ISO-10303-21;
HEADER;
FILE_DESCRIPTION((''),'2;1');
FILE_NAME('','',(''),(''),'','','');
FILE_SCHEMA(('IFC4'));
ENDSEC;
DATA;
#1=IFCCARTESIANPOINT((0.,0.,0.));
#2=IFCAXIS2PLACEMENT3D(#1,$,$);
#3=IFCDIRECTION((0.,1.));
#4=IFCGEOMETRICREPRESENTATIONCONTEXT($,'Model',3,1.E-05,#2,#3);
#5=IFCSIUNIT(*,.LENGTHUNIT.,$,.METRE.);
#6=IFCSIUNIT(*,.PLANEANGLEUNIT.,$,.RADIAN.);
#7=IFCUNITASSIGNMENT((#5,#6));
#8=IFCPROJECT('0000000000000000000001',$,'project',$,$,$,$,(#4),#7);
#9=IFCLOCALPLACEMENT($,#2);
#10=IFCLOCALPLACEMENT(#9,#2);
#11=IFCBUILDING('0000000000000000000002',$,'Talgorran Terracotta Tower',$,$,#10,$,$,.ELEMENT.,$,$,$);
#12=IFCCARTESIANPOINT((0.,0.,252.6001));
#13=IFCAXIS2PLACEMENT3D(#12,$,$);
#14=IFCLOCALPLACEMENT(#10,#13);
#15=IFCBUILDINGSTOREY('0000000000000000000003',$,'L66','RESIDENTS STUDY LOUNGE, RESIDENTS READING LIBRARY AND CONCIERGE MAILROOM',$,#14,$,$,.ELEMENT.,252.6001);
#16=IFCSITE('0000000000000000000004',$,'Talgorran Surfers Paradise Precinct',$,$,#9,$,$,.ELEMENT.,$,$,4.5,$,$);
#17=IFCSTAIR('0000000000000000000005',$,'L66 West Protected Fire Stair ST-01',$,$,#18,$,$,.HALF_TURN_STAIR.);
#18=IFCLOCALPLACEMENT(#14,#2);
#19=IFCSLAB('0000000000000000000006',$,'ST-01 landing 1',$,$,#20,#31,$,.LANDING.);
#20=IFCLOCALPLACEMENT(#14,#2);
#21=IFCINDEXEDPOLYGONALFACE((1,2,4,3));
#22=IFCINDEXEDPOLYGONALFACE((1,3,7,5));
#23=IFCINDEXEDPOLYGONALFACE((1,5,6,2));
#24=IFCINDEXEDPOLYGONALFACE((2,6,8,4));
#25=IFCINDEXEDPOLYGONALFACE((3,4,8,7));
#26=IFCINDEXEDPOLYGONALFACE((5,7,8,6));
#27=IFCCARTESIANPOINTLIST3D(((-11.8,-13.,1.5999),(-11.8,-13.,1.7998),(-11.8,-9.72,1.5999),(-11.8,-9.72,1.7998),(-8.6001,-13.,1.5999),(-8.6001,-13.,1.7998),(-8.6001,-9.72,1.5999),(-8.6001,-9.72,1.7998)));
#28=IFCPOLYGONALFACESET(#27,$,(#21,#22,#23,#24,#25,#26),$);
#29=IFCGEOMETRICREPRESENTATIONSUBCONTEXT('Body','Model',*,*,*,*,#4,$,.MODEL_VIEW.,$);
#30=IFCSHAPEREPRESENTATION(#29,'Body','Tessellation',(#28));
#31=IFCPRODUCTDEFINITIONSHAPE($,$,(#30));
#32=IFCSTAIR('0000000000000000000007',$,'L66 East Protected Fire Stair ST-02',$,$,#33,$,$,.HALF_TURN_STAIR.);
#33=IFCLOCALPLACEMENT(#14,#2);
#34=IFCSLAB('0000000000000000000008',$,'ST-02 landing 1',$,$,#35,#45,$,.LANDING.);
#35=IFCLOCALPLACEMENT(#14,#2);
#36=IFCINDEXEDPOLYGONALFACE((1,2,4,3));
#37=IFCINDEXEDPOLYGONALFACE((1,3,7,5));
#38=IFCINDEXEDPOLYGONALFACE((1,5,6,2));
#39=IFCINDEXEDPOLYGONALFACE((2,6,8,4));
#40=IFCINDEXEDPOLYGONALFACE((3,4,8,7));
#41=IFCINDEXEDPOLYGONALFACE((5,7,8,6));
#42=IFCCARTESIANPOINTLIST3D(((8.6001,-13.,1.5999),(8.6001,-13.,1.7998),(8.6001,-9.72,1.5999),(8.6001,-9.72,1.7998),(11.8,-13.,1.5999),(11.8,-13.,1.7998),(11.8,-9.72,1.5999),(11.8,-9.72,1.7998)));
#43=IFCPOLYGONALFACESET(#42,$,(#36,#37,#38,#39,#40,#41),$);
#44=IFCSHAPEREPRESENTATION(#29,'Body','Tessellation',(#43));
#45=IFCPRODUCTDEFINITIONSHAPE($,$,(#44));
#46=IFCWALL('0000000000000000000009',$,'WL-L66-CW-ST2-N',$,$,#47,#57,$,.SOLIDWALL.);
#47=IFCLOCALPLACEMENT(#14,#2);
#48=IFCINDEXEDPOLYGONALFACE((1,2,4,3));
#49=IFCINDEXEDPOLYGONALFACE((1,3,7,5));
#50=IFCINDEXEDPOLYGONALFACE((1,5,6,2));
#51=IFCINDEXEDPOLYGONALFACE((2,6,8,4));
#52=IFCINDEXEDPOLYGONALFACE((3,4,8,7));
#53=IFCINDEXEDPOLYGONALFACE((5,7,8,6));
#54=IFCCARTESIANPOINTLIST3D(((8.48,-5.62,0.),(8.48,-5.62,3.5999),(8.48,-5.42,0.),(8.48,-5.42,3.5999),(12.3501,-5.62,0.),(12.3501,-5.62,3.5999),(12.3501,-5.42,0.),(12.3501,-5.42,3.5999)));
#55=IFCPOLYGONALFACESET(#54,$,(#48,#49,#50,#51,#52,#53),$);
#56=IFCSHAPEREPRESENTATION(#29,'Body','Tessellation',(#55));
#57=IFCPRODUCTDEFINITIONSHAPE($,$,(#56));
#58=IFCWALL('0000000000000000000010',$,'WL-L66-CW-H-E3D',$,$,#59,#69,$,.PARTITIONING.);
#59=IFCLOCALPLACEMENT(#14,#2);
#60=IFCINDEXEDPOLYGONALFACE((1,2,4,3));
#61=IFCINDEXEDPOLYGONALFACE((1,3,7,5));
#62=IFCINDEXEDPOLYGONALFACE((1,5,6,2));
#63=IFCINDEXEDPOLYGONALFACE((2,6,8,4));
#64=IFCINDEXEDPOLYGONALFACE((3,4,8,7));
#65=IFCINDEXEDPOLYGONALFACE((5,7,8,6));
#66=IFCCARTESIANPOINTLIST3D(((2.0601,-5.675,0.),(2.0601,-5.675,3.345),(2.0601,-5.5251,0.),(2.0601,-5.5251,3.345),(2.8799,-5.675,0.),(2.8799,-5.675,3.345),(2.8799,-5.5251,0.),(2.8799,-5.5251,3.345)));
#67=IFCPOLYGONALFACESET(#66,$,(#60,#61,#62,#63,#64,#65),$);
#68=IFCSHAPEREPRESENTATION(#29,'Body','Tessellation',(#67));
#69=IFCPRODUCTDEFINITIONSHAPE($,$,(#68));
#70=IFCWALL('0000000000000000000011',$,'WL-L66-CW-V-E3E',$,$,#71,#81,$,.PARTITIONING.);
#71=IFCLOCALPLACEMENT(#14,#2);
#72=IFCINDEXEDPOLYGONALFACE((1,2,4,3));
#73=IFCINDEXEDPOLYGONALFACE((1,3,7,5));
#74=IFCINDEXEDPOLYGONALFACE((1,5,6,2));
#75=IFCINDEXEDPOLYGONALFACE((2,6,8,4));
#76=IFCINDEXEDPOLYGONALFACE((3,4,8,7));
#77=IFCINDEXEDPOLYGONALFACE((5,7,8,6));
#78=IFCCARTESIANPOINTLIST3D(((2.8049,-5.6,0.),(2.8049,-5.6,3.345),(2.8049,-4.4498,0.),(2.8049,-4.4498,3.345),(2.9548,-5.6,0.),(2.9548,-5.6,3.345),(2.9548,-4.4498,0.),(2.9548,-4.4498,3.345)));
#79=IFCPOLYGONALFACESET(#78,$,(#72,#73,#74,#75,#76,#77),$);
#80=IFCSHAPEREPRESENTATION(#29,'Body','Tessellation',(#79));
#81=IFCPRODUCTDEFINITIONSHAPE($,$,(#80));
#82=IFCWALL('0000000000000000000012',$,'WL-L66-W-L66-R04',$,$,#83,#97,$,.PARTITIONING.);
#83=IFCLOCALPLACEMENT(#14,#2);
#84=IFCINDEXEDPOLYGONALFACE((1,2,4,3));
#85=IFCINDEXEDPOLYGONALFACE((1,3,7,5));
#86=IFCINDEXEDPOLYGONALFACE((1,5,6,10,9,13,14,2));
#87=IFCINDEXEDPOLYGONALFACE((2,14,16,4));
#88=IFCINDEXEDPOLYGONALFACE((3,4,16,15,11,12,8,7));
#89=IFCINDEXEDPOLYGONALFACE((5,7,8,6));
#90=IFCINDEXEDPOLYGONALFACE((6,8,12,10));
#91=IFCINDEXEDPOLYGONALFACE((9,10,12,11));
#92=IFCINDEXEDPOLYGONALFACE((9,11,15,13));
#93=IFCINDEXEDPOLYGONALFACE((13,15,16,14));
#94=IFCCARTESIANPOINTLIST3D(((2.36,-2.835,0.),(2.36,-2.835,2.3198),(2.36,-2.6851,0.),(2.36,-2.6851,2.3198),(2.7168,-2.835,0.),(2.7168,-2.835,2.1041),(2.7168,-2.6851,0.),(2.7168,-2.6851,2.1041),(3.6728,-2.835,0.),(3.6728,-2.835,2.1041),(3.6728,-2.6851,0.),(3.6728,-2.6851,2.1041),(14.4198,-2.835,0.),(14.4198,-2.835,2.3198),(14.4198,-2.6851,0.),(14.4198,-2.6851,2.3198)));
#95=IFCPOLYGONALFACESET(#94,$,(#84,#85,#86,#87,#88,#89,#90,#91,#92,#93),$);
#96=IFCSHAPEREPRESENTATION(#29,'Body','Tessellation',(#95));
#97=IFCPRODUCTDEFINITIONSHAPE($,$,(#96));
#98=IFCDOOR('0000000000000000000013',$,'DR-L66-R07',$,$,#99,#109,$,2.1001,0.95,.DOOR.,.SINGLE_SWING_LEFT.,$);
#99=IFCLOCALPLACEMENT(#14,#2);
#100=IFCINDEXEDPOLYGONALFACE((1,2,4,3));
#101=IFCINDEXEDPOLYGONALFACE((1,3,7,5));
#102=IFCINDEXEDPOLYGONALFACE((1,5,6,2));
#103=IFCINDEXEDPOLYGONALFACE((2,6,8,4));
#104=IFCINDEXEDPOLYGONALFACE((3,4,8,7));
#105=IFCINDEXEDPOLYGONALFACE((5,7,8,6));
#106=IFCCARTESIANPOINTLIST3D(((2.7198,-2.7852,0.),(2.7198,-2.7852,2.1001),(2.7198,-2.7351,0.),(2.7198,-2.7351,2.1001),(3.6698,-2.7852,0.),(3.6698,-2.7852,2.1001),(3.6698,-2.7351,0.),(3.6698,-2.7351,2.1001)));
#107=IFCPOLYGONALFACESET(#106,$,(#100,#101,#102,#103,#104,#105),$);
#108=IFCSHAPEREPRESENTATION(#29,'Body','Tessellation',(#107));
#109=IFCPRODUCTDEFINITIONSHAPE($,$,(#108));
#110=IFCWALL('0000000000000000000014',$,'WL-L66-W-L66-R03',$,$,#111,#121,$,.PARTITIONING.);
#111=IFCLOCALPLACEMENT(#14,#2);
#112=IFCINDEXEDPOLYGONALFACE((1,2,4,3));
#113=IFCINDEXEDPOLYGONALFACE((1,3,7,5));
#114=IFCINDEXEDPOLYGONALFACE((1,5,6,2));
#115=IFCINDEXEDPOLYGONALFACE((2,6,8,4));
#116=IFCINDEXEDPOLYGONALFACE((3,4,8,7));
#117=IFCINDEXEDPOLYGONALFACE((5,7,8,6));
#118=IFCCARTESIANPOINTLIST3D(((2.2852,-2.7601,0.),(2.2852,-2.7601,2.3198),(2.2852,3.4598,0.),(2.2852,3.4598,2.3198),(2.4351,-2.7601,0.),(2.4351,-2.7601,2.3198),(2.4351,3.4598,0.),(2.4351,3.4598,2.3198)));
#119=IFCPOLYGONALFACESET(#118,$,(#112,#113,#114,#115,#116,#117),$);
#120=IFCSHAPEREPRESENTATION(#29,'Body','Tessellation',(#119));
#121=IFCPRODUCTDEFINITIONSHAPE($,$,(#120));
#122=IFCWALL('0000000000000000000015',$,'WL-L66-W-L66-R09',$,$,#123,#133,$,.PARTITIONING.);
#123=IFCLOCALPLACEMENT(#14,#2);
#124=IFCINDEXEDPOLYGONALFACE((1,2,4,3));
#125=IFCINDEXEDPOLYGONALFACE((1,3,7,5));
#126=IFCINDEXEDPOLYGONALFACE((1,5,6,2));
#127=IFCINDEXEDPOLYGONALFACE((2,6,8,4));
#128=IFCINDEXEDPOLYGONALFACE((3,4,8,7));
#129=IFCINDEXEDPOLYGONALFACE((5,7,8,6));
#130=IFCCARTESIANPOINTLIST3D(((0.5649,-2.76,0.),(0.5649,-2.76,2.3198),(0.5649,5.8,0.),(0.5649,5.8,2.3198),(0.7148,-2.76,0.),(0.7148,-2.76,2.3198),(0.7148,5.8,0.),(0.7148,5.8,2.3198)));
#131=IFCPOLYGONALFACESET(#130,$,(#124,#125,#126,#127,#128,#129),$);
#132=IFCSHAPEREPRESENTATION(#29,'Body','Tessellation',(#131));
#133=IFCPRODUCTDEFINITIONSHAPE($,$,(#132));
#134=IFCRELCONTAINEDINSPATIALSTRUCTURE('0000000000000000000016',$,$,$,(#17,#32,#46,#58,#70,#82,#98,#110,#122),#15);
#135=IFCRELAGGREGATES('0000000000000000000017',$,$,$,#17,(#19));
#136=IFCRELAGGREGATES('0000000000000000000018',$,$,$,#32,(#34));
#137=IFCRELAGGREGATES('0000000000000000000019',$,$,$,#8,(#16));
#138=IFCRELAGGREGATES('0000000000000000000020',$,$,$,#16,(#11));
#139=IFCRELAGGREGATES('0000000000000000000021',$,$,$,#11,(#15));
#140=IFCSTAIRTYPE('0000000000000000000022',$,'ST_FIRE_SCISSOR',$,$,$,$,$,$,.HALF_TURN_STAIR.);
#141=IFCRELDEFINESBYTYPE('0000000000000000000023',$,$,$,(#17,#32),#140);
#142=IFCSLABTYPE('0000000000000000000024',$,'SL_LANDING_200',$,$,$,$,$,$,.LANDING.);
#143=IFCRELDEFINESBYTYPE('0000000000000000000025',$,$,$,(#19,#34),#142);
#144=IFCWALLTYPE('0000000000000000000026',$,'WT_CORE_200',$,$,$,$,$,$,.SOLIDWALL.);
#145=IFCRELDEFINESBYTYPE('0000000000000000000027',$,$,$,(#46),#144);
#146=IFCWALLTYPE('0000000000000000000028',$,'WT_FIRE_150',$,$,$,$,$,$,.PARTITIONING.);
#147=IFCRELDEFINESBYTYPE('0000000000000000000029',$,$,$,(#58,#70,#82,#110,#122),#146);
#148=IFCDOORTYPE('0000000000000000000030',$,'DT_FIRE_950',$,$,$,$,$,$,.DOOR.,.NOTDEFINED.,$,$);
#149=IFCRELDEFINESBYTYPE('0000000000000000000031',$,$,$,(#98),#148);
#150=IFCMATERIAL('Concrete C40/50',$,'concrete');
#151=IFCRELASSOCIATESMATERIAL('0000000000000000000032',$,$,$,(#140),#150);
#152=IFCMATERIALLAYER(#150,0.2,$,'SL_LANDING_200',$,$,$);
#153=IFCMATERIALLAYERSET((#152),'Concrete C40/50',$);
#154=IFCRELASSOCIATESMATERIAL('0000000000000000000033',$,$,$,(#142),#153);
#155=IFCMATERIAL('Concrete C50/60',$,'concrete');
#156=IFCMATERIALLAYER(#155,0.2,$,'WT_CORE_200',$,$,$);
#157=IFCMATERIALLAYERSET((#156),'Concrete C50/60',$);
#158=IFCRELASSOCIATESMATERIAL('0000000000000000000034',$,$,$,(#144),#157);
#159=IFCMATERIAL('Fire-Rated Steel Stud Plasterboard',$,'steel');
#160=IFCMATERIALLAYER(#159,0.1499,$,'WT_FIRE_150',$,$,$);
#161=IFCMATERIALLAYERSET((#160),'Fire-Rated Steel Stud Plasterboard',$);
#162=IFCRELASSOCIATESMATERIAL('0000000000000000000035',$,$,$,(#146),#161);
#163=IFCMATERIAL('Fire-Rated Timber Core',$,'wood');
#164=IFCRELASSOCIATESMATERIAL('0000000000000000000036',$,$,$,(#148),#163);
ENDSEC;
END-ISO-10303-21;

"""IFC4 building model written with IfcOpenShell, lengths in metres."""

from ifc_helpers import new_model, si_unit, direction, frame, frame_2d, origin, place, context, subcontext, project, spatial, polyline, rectangle, outline, extrude, material, layer, layer_set, type_object, element, fill, aggregate, save


model = new_model("IFC4")

# Units and contexts
model_context = context("Model", 3, precision=1e-05, world=origin(), true_north=direction((0.0, 1.0)))
body_context = subcontext(model_context, "Body", "Model", "MODEL_VIEW")
ifc_project = project(units=[si_unit("LENGTHUNIT", "METRE"), si_unit("PLANEANGLEUNIT", "RADIAN")], contexts=[model_context])

# Site, building, storey
site_placement = place(None, origin())
site = spatial("IfcSite", under=ifc_project, at=site_placement, Name="Talgorran Surfers Paradise Precinct", CompositionType="ELEMENT", RefElevation=4.5)
building_placement = place(site_placement, origin())
building = spatial("IfcBuilding", under=site, at=building_placement, Name="Talgorran Terracotta Tower", CompositionType="ELEMENT")
storey_placement = place(building_placement, frame((0.0, 0.0, 252.6001)))
storey = spatial("IfcBuildingStorey", under=building, at=storey_placement, Name="L66", Description="RESIDENTS STUDY LOUNGE, RESIDENTS READING LIBRARY AND CONCIERGE MAILROOM", CompositionType="ELEMENT", Elevation=252.6001)

# Stairs, slabs
ifc_material_1 = material(Name="Concrete C40/50", Category="concrete")
stair_type = type_object("IfcStairType", Name="ST_FIRE_SCISSOR", PredefinedType="HALF_TURN_STAIR", material=ifc_material_1)
stair_1_placement = place(storey_placement, origin())
stair_1 = element("IfcStair", 1, at=stair_1_placement, inside=storey, type_object=stair_type, Name="L66 West Protected Fire Stair ST-01", PredefinedType="HALF_TURN_STAIR")
ifc_layer_1 = layer(ifc_material_1, 0.2, Name="SL_LANDING_200")
ifc_layer_set_1 = layer_set([ifc_layer_1], Name="Concrete C40/50")
slab_type = type_object("IfcSlabType", Name="SL_LANDING_200", PredefinedType="LANDING", material=ifc_layer_set_1)
slab_1_placement = place(storey_placement, frame((0.0, 0.0, 1.5999)))
slab_1 = element("IfcSlab", 2, at=slab_1_placement, type_object=slab_type, Name="ST-01 landing 1", PredefinedType="LANDING", context=body_context, shape_type="SweptSolid", body=[
    extrude(outline(polyline([(-11.8, -9.72), (-11.8, -13.0), (-8.6001, -13.0), (-8.6001, -9.72), (-11.8, -9.72)])), origin(), (0.0, 0.0, 1.0), 0.2),
])
aggregate(stair_1, [slab_1])
stair_2_placement = place(storey_placement, origin())
stair_2 = element("IfcStair", 3, at=stair_2_placement, inside=storey, type_object=stair_type, Name="L66 East Protected Fire Stair ST-02", PredefinedType="HALF_TURN_STAIR")
slab_2_placement = place(storey_placement, frame((0.0, 0.0, 1.5999)))
slab_2 = element("IfcSlab", 4, at=slab_2_placement, type_object=slab_type, Name="ST-02 landing 1", PredefinedType="LANDING", context=body_context, shape_type="SweptSolid", body=[
    extrude(outline(polyline([(8.6001, -9.72), (8.6001, -13.0), (11.8, -13.0), (11.8, -9.72), (8.6001, -9.72)])), origin(), (0.0, 0.0, 1.0), 0.2),
])
aggregate(stair_2, [slab_2])

# Walls
ifc_material_2 = material(Name="Concrete C50/60", Category="concrete")
ifc_layer_2 = layer(ifc_material_2, 0.2, Name="WT_CORE_200")
ifc_layer_set_2 = layer_set([ifc_layer_2], Name="Concrete C50/60")
wall_type_1 = type_object("IfcWallType", Name="WT_CORE_200", PredefinedType="SOLIDWALL", material=ifc_layer_set_2)
wall_1_placement = place(storey_placement, frame((8.48, -5.52, 0.0), z_axis=(0.0, 0.0, 1.0), x_axis=(1.0, 0.0, 0.0)))
element("IfcWall", 5, at=wall_1_placement, inside=storey, type_object=wall_type_1, Name="WL-L66-CW-ST2-N", PredefinedType="SOLIDWALL", context=body_context, shape_type="SweptSolid", body=[
    extrude(rectangle(XDim=3.8701, YDim=0.2, at=frame_2d((1.9351, 0.0))), origin(), (0.0, 0.0, 1.0), 3.5999),
])
ifc_material_3 = material(Name="Fire-Rated Steel Stud Plasterboard", Category="steel")
ifc_layer_3 = layer(ifc_material_3, 0.1499, Name="WT_FIRE_150")
ifc_layer_set_3 = layer_set([ifc_layer_3], Name="Fire-Rated Steel Stud Plasterboard")
wall_type_2 = type_object("IfcWallType", Name="WT_FIRE_150", PredefinedType="PARTITIONING", material=ifc_layer_set_3)
wall_2_placement = place(storey_placement, frame((2.0601, -5.6001, 0.0), z_axis=(0.0, 0.0, 1.0), x_axis=(1.0, 0.0, 0.0)))
element("IfcWall", 6, at=wall_2_placement, inside=storey, type_object=wall_type_2, Name="WL-L66-CW-H-E3D", PredefinedType="PARTITIONING", context=body_context, shape_type="SweptSolid", body=[
    extrude(rectangle(XDim=0.8198, YDim=0.1499, at=frame_2d((0.4099, 0.0))), origin(), (0.0, 0.0, 1.0), 3.345),
])
wall_3_placement = place(storey_placement, frame((2.8799, -5.6001, 0.0), z_axis=(0.0, 0.0, 1.0), x_axis=(0.0, 1.0, 0.0)))
element("IfcWall", 7, at=wall_3_placement, inside=storey, type_object=wall_type_2, Name="WL-L66-CW-V-E3E", PredefinedType="PARTITIONING", context=body_context, shape_type="SweptSolid", body=[
    extrude(rectangle(XDim=1.1501, YDim=0.1499, at=frame_2d((0.5752, 0.0))), origin(), (0.0, 0.0, 1.0), 3.345),
])

# Wall, opening, door
wall_4_placement = place(storey_placement, frame((2.3601, -2.76, 0.0), z_axis=(0.0, 0.0, 1.0), x_axis=(1.0, 0.0, 0.0)))
wall_4 = element("IfcWall", 8, at=wall_4_placement, inside=storey, type_object=wall_type_2, Name="WL-L66-W-L66-R04", PredefinedType="PARTITIONING", context=body_context, shape_type="SweptSolid", body=[
    extrude(rectangle(XDim=12.0598, YDim=0.1499, at=frame_2d((6.0298, 0.0))), origin(), (0.0, 0.0, 1.0), 2.3198),
])
opening_placement = place(wall_4_placement, frame((0.3596, 0.0, 0.0)))
opening = element("IfcOpeningElement", 9, at=opening_placement, cuts=wall_4, PredefinedType="OPENING", context=body_context, shape_type="SweptSolid", body=[
    extrude(rectangle(XDim=0.956, YDim=2.1041, at=frame_2d((0.4751, 1.052))), frame((0.0, 0.085, 0.0), z_axis=(0.0, -1.0, 0.0), x_axis=(1.0, 0.0, 0.0)), (0.0, 0.0, 1.0), 0.1699),
])
ifc_material_4 = material(Name="Fire-Rated Timber Core", Category="wood")
door_type = type_object("IfcDoorType", Name="DT_FIRE_950", OperationType="NOTDEFINED", PredefinedType="DOOR", material=ifc_material_4)
door_placement = place(opening_placement, origin())
door = element("IfcDoor", 10, at=door_placement, inside=storey, type_object=door_type, Name="DR-L66-R07", OperationType="SINGLE_SWING_LEFT", OverallHeight=2.1001, OverallWidth=0.95, PredefinedType="DOOR", context=body_context, shape_type="SweptSolid", body=[
    extrude(rectangle(XDim=0.95, YDim=2.1001, at=frame_2d((0.4751, 1.05))), frame((0.0, 0.0249, 0.0), z_axis=(0.0, -1.0, 0.0), x_axis=(1.0, 0.0, 0.0)), (0.0, 0.0, 1.0), 0.05),
])
fill(opening, door)

# Walls
wall_5_placement = place(storey_placement, frame((2.3601, -2.76, 0.0), z_axis=(0.0, 0.0, 1.0), x_axis=(0.0, 1.0, 0.0)))
element("IfcWall", 11, at=wall_5_placement, inside=storey, type_object=wall_type_2, Name="WL-L66-W-L66-R03", PredefinedType="PARTITIONING", context=body_context, shape_type="SweptSolid", body=[
    extrude(rectangle(XDim=6.22, YDim=0.1499, at=frame_2d((3.1099, 0.0))), origin(), (0.0, 0.0, 1.0), 2.3198),
])
wall_6_placement = place(storey_placement, frame((0.6399, -2.76, 0.0), z_axis=(0.0, 0.0, 1.0), x_axis=(0.0, 1.0, 0.0)))
element("IfcWall", 12, at=wall_6_placement, inside=storey, type_object=wall_type_2, Name="WL-L66-W-L66-R09", PredefinedType="PARTITIONING", context=body_context, shape_type="SweptSolid", body=[
    extrude(rectangle(XDim=8.5601, YDim=0.1499, at=frame_2d((4.28, 0.0))), origin(), (0.0, 0.0, 1.0), 2.3198),
])

save(model, "model.ifc")
